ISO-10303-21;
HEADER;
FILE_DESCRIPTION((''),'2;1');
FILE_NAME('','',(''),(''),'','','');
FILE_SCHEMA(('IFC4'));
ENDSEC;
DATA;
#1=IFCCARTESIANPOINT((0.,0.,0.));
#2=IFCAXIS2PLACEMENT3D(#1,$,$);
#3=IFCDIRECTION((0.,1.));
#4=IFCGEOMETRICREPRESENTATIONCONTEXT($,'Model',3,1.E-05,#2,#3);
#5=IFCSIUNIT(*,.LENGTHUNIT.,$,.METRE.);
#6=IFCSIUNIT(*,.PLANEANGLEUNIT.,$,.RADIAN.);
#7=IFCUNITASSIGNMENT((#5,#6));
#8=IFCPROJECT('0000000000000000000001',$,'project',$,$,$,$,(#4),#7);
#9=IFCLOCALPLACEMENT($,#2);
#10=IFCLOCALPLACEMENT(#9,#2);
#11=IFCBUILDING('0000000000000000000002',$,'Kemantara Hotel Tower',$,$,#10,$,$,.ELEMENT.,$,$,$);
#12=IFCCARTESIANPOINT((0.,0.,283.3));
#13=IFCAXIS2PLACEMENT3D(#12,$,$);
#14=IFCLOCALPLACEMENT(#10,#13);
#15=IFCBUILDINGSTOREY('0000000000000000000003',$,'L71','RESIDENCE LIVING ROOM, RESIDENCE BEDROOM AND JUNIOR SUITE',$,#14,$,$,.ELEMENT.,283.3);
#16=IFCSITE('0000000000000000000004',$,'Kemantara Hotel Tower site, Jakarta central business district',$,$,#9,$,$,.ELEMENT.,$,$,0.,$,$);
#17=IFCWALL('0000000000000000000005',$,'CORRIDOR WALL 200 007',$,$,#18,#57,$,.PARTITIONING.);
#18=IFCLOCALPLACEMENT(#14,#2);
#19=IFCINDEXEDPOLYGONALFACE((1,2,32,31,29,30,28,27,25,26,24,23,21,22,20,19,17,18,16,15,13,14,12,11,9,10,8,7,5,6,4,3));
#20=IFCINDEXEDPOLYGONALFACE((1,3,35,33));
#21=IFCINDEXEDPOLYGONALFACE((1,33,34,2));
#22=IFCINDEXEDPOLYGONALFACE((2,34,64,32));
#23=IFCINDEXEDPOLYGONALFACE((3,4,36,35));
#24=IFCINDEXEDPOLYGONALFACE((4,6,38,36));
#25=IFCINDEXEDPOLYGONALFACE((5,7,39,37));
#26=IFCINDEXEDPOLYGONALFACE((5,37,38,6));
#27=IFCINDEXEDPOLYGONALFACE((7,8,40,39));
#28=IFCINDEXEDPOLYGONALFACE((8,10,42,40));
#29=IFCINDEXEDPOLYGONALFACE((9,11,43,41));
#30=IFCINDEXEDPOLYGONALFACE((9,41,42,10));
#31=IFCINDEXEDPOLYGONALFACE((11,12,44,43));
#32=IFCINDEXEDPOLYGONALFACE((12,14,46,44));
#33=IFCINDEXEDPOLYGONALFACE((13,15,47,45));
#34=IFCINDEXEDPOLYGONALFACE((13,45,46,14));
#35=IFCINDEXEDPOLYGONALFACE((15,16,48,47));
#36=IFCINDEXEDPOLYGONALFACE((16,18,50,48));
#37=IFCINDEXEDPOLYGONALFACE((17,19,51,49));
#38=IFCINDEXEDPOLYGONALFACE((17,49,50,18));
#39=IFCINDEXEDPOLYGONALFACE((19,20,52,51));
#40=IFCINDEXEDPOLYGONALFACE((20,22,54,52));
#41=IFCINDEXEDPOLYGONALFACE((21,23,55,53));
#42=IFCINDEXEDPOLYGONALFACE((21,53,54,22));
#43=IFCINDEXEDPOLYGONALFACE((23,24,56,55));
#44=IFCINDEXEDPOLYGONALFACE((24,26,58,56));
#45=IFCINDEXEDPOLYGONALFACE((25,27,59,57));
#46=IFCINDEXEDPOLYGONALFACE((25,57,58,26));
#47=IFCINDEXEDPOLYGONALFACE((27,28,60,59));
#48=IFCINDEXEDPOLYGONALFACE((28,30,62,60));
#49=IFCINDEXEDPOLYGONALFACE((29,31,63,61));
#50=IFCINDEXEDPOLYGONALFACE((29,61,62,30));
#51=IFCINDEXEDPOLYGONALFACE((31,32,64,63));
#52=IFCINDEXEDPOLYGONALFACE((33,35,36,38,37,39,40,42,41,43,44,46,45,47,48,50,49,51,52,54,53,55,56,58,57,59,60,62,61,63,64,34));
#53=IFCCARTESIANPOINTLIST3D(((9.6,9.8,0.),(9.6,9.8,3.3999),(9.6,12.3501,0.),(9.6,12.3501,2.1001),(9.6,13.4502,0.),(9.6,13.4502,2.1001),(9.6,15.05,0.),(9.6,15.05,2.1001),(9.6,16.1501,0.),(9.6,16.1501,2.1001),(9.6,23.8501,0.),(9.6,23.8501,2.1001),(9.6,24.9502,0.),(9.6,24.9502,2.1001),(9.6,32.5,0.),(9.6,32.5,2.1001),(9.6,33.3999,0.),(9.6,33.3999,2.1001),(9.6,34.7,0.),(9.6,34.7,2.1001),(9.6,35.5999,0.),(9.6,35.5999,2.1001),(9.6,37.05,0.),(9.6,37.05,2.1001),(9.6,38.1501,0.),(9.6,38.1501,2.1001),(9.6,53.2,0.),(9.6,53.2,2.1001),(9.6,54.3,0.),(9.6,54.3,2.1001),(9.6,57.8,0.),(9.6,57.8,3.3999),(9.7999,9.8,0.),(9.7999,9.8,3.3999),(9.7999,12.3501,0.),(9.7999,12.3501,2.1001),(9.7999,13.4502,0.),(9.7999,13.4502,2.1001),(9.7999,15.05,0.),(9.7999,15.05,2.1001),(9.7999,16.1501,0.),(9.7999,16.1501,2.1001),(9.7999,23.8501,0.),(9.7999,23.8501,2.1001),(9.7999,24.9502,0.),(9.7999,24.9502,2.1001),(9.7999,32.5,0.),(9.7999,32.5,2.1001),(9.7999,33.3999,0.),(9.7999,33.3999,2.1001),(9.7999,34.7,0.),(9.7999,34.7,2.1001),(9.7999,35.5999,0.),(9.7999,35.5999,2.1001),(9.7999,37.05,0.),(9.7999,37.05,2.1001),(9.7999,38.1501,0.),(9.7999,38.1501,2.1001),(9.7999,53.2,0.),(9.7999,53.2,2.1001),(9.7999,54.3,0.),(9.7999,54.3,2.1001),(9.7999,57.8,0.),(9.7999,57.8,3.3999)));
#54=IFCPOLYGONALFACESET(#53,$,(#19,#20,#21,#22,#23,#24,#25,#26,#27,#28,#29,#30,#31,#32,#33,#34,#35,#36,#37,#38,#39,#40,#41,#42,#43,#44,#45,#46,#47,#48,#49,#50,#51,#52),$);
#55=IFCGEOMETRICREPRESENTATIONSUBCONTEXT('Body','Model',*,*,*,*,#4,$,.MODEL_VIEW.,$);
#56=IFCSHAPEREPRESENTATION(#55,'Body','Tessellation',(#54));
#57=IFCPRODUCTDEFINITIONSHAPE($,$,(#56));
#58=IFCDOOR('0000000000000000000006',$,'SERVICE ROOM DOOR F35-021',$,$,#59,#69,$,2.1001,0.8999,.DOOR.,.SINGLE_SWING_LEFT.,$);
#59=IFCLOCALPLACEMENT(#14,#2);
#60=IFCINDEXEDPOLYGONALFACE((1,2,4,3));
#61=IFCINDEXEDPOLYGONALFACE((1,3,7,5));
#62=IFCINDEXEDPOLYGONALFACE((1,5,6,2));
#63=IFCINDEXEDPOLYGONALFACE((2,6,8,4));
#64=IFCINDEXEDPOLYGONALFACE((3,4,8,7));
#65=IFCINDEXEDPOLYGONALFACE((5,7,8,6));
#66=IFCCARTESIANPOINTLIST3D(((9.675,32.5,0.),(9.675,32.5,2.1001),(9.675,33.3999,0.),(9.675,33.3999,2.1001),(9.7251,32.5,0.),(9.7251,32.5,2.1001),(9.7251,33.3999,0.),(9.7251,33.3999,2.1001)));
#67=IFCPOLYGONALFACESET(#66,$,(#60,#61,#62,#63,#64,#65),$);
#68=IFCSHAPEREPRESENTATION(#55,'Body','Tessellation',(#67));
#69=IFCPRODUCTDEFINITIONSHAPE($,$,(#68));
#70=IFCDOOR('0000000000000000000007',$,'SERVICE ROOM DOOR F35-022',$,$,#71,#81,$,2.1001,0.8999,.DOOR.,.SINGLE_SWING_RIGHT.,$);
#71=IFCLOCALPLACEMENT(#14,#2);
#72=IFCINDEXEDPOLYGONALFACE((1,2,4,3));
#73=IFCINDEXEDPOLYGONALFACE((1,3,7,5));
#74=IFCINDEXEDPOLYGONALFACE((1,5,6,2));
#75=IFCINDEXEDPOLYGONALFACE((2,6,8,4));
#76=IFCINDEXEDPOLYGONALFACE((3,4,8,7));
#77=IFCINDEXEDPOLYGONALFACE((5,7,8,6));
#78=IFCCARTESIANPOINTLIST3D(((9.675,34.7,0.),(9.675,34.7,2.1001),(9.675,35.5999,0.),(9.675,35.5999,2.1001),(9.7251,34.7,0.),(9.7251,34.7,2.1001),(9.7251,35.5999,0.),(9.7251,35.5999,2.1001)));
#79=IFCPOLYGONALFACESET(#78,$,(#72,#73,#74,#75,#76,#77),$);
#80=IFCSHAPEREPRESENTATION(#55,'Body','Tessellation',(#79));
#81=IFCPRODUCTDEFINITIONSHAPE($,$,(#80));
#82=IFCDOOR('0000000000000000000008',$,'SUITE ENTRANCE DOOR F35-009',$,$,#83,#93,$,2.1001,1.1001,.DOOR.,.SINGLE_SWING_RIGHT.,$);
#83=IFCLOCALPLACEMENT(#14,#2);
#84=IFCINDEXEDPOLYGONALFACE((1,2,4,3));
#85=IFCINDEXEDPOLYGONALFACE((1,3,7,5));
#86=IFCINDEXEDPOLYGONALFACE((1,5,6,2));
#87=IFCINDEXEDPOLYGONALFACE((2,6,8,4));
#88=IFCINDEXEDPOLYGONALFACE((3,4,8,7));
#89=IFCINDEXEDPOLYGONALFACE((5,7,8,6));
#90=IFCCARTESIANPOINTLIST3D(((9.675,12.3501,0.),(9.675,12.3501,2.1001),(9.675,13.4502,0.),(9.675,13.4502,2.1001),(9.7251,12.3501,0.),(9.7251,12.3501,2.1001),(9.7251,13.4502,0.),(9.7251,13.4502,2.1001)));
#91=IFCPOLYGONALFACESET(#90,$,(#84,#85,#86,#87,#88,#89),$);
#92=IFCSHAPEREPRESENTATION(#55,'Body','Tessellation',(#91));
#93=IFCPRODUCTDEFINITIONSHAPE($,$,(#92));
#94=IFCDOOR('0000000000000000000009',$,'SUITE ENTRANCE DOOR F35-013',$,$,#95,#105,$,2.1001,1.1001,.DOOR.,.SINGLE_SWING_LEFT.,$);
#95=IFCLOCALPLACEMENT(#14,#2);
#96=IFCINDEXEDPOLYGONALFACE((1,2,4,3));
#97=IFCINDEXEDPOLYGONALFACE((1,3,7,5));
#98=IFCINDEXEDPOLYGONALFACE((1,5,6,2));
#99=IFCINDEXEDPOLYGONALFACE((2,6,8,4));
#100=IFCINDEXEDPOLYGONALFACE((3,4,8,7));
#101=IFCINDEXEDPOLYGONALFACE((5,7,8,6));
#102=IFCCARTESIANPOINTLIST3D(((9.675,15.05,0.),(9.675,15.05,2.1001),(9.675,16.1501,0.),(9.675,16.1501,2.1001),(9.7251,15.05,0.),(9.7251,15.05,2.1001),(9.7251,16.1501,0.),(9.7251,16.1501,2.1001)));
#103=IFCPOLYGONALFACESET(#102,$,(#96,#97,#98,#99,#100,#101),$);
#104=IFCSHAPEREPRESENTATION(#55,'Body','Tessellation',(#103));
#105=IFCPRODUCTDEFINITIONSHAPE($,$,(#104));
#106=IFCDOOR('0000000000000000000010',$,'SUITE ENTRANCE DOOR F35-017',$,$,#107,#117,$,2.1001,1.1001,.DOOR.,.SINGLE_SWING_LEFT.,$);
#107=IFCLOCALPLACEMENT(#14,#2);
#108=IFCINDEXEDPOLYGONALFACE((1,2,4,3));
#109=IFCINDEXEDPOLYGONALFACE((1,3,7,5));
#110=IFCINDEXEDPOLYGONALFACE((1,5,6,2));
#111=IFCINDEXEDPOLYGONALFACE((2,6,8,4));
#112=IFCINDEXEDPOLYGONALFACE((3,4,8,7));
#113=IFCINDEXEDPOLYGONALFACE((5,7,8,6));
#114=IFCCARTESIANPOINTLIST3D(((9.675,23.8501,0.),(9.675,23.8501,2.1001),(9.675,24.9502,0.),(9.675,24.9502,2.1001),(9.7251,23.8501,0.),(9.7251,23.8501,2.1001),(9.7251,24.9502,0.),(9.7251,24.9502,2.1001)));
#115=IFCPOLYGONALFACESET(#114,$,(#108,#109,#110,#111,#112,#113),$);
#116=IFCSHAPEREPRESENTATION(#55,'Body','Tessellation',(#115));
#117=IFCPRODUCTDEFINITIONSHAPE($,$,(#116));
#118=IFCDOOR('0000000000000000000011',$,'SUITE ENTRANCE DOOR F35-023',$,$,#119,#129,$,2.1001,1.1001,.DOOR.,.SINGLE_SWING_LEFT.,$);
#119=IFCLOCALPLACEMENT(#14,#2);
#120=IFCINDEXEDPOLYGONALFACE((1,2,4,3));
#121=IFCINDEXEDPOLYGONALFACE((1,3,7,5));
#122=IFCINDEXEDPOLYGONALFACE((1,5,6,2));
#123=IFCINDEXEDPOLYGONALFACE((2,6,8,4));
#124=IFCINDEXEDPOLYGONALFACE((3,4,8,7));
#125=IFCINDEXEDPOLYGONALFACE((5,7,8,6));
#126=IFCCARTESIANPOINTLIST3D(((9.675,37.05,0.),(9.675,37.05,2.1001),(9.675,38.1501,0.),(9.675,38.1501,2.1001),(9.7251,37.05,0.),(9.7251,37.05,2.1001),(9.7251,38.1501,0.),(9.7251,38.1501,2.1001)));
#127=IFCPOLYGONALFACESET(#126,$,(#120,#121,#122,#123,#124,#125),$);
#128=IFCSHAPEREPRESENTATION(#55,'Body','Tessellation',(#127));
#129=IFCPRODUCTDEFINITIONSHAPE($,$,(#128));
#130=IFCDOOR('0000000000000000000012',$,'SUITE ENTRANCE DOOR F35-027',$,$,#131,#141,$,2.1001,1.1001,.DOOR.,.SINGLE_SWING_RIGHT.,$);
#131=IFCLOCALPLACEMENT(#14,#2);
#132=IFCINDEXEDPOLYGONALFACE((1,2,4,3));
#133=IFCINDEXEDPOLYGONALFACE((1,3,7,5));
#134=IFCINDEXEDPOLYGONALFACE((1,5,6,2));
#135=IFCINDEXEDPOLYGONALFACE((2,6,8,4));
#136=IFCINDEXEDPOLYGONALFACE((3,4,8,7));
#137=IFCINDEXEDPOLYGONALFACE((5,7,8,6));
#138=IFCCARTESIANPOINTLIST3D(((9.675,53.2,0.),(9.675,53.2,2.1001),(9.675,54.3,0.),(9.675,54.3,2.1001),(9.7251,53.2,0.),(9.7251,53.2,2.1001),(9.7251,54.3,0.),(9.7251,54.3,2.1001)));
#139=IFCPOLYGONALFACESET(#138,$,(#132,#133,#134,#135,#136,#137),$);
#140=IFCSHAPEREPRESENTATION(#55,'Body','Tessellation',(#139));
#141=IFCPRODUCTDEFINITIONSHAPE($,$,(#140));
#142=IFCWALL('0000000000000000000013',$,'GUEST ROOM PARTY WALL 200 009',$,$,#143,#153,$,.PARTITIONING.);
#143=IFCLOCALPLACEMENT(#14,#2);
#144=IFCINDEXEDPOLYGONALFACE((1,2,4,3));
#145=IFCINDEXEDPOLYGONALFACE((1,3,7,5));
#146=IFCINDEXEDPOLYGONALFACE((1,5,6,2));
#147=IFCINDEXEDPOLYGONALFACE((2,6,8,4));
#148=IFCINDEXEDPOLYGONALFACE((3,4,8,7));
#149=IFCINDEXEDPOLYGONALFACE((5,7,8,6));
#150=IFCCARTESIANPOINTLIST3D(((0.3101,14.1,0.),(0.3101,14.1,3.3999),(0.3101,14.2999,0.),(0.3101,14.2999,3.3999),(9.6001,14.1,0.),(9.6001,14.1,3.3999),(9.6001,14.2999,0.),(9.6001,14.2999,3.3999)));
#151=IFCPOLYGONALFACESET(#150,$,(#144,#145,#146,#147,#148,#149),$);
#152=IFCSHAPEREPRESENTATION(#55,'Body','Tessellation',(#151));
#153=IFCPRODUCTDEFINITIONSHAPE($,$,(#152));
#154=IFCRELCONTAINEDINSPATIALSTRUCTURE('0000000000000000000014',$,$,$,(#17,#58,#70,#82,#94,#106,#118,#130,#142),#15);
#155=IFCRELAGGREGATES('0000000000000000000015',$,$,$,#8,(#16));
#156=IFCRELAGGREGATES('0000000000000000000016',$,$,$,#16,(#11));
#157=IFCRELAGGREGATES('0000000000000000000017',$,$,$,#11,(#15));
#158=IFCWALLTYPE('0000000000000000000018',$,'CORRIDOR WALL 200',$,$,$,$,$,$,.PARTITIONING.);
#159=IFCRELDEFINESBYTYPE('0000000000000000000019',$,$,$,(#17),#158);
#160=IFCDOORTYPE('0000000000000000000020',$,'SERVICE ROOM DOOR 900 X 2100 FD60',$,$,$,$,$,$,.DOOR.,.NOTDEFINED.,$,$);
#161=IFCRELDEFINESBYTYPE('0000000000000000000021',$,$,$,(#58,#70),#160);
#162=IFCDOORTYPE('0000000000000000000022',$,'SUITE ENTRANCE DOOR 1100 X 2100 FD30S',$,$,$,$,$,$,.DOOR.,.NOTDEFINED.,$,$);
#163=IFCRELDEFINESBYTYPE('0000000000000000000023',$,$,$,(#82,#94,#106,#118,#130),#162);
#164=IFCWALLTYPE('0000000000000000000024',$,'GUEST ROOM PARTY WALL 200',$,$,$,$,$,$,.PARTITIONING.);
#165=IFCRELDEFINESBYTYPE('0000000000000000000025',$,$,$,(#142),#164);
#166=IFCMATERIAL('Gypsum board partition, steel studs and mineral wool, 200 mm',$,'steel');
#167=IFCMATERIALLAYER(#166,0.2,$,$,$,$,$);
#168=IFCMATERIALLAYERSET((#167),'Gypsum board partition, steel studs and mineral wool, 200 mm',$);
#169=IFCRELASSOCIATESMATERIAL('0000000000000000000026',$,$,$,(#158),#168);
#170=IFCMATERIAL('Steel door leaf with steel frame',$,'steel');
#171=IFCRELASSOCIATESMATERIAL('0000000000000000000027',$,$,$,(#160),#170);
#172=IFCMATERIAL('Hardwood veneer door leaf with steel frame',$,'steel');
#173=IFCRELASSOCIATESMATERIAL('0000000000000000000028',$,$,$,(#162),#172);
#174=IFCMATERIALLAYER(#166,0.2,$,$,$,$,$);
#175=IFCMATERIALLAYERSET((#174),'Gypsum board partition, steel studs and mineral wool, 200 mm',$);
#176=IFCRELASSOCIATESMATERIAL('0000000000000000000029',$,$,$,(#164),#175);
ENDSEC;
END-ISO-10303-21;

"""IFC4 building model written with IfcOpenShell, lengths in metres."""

from ifc_helpers import new_model, si_unit, direction, frame, frame_2d, origin, place, context, subcontext, project, spatial, rectangle, extrude, material, layer, layer_set, type_object, element, fill, save


model = new_model("IFC4")

# Units and contexts
model_context = context("Model", 3, precision=1e-05, world=origin(), true_north=direction((0.0, 1.0)))
body_context = subcontext(model_context, "Body", "Model", "MODEL_VIEW")
ifc_project = project(units=[si_unit("LENGTHUNIT", "METRE"), si_unit("PLANEANGLEUNIT", "RADIAN")], contexts=[model_context])

# Site, building, storey
site_placement = place(None, origin())
site = spatial("IfcSite", under=ifc_project, at=site_placement, Name="Kemantara Hotel Tower site, Jakarta central business district", CompositionType="ELEMENT", RefElevation=0.0)
building_placement = place(site_placement, origin())
building = spatial("IfcBuilding", under=site, at=building_placement, Name="Kemantara Hotel Tower", CompositionType="ELEMENT")
storey_placement = place(building_placement, frame((0.0, 0.0, 283.3)))
storey = spatial("IfcBuildingStorey", under=building, at=storey_placement, Name="L71", Description="RESIDENCE LIVING ROOM, RESIDENCE BEDROOM AND JUNIOR SUITE", CompositionType="ELEMENT", Elevation=283.3)

# Wall, openings, doors
ifc_material_1 = material(Name="Gypsum board partition, steel studs and mineral wool, 200 mm", Category="steel")
ifc_layer_1 = layer(ifc_material_1, 0.2)
ifc_layer_set_1 = layer_set([ifc_layer_1], Name="Gypsum board partition, steel studs and mineral wool, 200 mm")
wall_type_1 = type_object("IfcWallType", Name="CORRIDOR WALL 200", PredefinedType="PARTITIONING", material=ifc_layer_set_1)
wall_1_placement = place(storey_placement, frame((9.7, 9.8, 0.0), z_axis=(0.0, 0.0, 1.0), x_axis=(0.0, 1.0, 0.0)))
wall_1 = element("IfcWall", 1, at=wall_1_placement, inside=storey, type_object=wall_type_1, Name="CORRIDOR WALL 200 007", PredefinedType="PARTITIONING", context=body_context, shape_type="SweptSolid", body=[
    extrude(rectangle(XDim=48.0, YDim=0.2, at=frame_2d((24.0, 0.0))), origin(), (0.0, 0.0, 1.0), 3.3999),
])
opening_1_placement = place(wall_1_placement, frame((2.55, 0.0, 0.0)))
opening_1 = element("IfcOpeningElement", 2, at=opening_1_placement, cuts=wall_1, PredefinedType="OPENING", context=body_context, shape_type="SweptSolid", body=[
    extrude(rectangle(XDim=1.1001, YDim=2.1001, at=frame_2d((0.55, 1.05))), frame((0.0, 0.1099, 0.0), z_axis=(0.0, -1.0, 0.0), x_axis=(1.0, 0.0, 0.0)), (0.0, 0.0, 1.0), 0.22),
])
opening_2_placement = place(wall_1_placement, frame((5.25, 0.0, 0.0)))
opening_2 = element("IfcOpeningElement", 3, at=opening_2_placement, cuts=wall_1, PredefinedType="OPENING", context=body_context, shape_type="SweptSolid", body=[
    extrude(rectangle(XDim=1.1001, YDim=2.1001, at=frame_2d((0.55, 1.05))), frame((0.0, 0.1099, 0.0), z_axis=(0.0, -1.0, 0.0), x_axis=(1.0, 0.0, 0.0)), (0.0, 0.0, 1.0), 0.22),
])
opening_3_placement = place(wall_1_placement, frame((14.05, 0.0, 0.0)))
opening_3 = element("IfcOpeningElement", 4, at=opening_3_placement, cuts=wall_1, PredefinedType="OPENING", context=body_context, shape_type="SweptSolid", body=[
    extrude(rectangle(XDim=1.1001, YDim=2.1001, at=frame_2d((0.55, 1.05))), frame((0.0, 0.1099, 0.0), z_axis=(0.0, -1.0, 0.0), x_axis=(1.0, 0.0, 0.0)), (0.0, 0.0, 1.0), 0.22),
])
opening_4_placement = place(wall_1_placement, frame((22.7, 0.0, 0.0)))
opening_4 = element("IfcOpeningElement", 5, at=opening_4_placement, cuts=wall_1, PredefinedType="OPENING", context=body_context, shape_type="SweptSolid", body=[
    extrude(rectangle(XDim=0.8999, YDim=2.1001, at=frame_2d((0.45, 1.05))), frame((0.0, 0.1099, 0.0), z_axis=(0.0, -1.0, 0.0), x_axis=(1.0, 0.0, 0.0)), (0.0, 0.0, 1.0), 0.22),
])
opening_5_placement = place(wall_1_placement, frame((24.8999, 0.0, 0.0)))
opening_5 = element("IfcOpeningElement", 6, at=opening_5_placement, cuts=wall_1, PredefinedType="OPENING", context=body_context, shape_type="SweptSolid", body=[
    extrude(rectangle(XDim=0.8999, YDim=2.1001, at=frame_2d((0.45, 1.05))), frame((0.0, 0.1099, 0.0), z_axis=(0.0, -1.0, 0.0), x_axis=(1.0, 0.0, 0.0)), (0.0, 0.0, 1.0), 0.22),
])
opening_6_placement = place(wall_1_placement, frame((27.25, 0.0, 0.0)))
opening_6 = element("IfcOpeningElement", 7, at=opening_6_placement, cuts=wall_1, PredefinedType="OPENING", context=body_context, shape_type="SweptSolid", body=[
    extrude(rectangle(XDim=1.1001, YDim=2.1001, at=frame_2d((0.55, 1.05))), frame((0.0, 0.1099, 0.0), z_axis=(0.0, -1.0, 0.0), x_axis=(1.0, 0.0, 0.0)), (0.0, 0.0, 1.0), 0.22),
])
opening_7_placement = place(wall_1_placement, frame((43.3999, 0.0, 0.0)))
opening_7 = element("IfcOpeningElement", 8, at=opening_7_placement, cuts=wall_1, PredefinedType="OPENING", context=body_context, shape_type="SweptSolid", body=[
    extrude(rectangle(XDim=1.1001, YDim=2.1001, at=frame_2d((0.55, 1.05))), frame((0.0, 0.1099, 0.0), z_axis=(0.0, -1.0, 0.0), x_axis=(1.0, 0.0, 0.0)), (0.0, 0.0, 1.0), 0.22),
])
ifc_material_2 = material(Name="Steel door leaf with steel frame", Category="steel")
door_type_1 = type_object("IfcDoorType", Name="SERVICE ROOM DOOR 900 X 2100 FD60", OperationType="NOTDEFINED", PredefinedType="DOOR", material=ifc_material_2)
door_1_placement = place(opening_4_placement, origin())
door_1 = element("IfcDoor", 9, at=door_1_placement, inside=storey, type_object=door_type_1, Name="SERVICE ROOM DOOR F35-021", OperationType="SINGLE_SWING_LEFT", OverallHeight=2.1001, OverallWidth=0.8999, PredefinedType="DOOR", context=body_context, shape_type="SweptSolid", body=[
    extrude(rectangle(XDim=0.8999, YDim=2.1001, at=frame_2d((0.45, 1.05))), frame((0.0, 0.0249, 0.0), z_axis=(0.0, -1.0, 0.0), x_axis=(1.0, 0.0, 0.0)), (0.0, 0.0, 1.0), 0.05),
])
fill(opening_4, door_1)
door_2_placement = place(opening_5_placement, origin())
door_2 = element("IfcDoor", 10, at=door_2_placement, inside=storey, type_object=door_type_1, Name="SERVICE ROOM DOOR F35-022", OperationType="SINGLE_SWING_RIGHT", OverallHeight=2.1001, OverallWidth=0.8999, PredefinedType="DOOR", context=body_context, shape_type="SweptSolid", body=[
    extrude(rectangle(XDim=0.8999, YDim=2.1001, at=frame_2d((0.45, 1.05))), frame((0.0, 0.0249, 0.0), z_axis=(0.0, -1.0, 0.0), x_axis=(1.0, 0.0, 0.0)), (0.0, 0.0, 1.0), 0.05),
])
fill(opening_5, door_2)
ifc_material_3 = material(Name="Hardwood veneer door leaf with steel frame", Category="steel")
door_type_2 = type_object("IfcDoorType", Name="SUITE ENTRANCE DOOR 1100 X 2100 FD30S", OperationType="NOTDEFINED", PredefinedType="DOOR", material=ifc_material_3)
door_3_placement = place(opening_1_placement, origin())
door_3 = element("IfcDoor", 11, at=door_3_placement, inside=storey, type_object=door_type_2, Name="SUITE ENTRANCE DOOR F35-009", OperationType="SINGLE_SWING_RIGHT", OverallHeight=2.1001, OverallWidth=1.1001, PredefinedType="DOOR", context=body_context, shape_type="SweptSolid", body=[
    extrude(rectangle(XDim=1.1001, YDim=2.1001, at=frame_2d((0.55, 1.05))), frame((0.0, 0.0249, 0.0), z_axis=(0.0, -1.0, 0.0), x_axis=(1.0, 0.0, 0.0)), (0.0, 0.0, 1.0), 0.05),
])
fill(opening_1, door_3)
door_4_placement = place(opening_2_placement, origin())
door_4 = element("IfcDoor", 12, at=door_4_placement, inside=storey, type_object=door_type_2, Name="SUITE ENTRANCE DOOR F35-013", OperationType="SINGLE_SWING_LEFT", OverallHeight=2.1001, OverallWidth=1.1001, PredefinedType="DOOR", context=body_context, shape_type="SweptSolid", body=[
    extrude(rectangle(XDim=1.1001, YDim=2.1001, at=frame_2d((0.55, 1.05))), frame((0.0, 0.0249, 0.0), z_axis=(0.0, -1.0, 0.0), x_axis=(1.0, 0.0, 0.0)), (0.0, 0.0, 1.0), 0.05),
])
fill(opening_2, door_4)
door_5_placement = place(opening_3_placement, origin())
door_5 = element("IfcDoor", 13, at=door_5_placement, inside=storey, type_object=door_type_2, Name="SUITE ENTRANCE DOOR F35-017", OperationType="SINGLE_SWING_LEFT", OverallHeight=2.1001, OverallWidth=1.1001, PredefinedType="DOOR", context=body_context, shape_type="SweptSolid", body=[
    extrude(rectangle(XDim=1.1001, YDim=2.1001, at=frame_2d((0.55, 1.05))), frame((0.0, 0.0249, 0.0), z_axis=(0.0, -1.0, 0.0), x_axis=(1.0, 0.0, 0.0)), (0.0, 0.0, 1.0), 0.05),
])
fill(opening_3, door_5)
door_6_placement = place(opening_6_placement, origin())
door_6 = element("IfcDoor", 14, at=door_6_placement, inside=storey, type_object=door_type_2, Name="SUITE ENTRANCE DOOR F35-023", OperationType="SINGLE_SWING_LEFT", OverallHeight=2.1001, OverallWidth=1.1001, PredefinedType="DOOR", context=body_context, shape_type="SweptSolid", body=[
    extrude(rectangle(XDim=1.1001, YDim=2.1001, at=frame_2d((0.55, 1.05))), frame((0.0, 0.0249, 0.0), z_axis=(0.0, -1.0, 0.0), x_axis=(1.0, 0.0, 0.0)), (0.0, 0.0, 1.0), 0.05),
])
fill(opening_6, door_6)
door_7_placement = place(opening_7_placement, origin())
door_7 = element("IfcDoor", 15, at=door_7_placement, inside=storey, type_object=door_type_2, Name="SUITE ENTRANCE DOOR F35-027", OperationType="SINGLE_SWING_RIGHT", OverallHeight=2.1001, OverallWidth=1.1001, PredefinedType="DOOR", context=body_context, shape_type="SweptSolid", body=[
    extrude(rectangle(XDim=1.1001, YDim=2.1001, at=frame_2d((0.55, 1.05))), frame((0.0, 0.0249, 0.0), z_axis=(0.0, -1.0, 0.0), x_axis=(1.0, 0.0, 0.0)), (0.0, 0.0, 1.0), 0.05),
])
fill(opening_7, door_7)

# Wall
ifc_layer_2 = layer(ifc_material_1, 0.2)
ifc_layer_set_2 = layer_set([ifc_layer_2], Name="Gypsum board partition, steel studs and mineral wool, 200 mm")
wall_type_2 = type_object("IfcWallType", Name="GUEST ROOM PARTY WALL 200", PredefinedType="PARTITIONING", material=ifc_layer_set_2)
wall_2_placement = place(storey_placement, frame((0.3101, 14.2, 0.0), z_axis=(0.0, 0.0, 1.0), x_axis=(1.0, 0.0, 0.0)))
element("IfcWall", 16, at=wall_2_placement, inside=storey, type_object=wall_type_2, Name="GUEST ROOM PARTY WALL 200 009", PredefinedType="PARTITIONING", context=body_context, shape_type="SweptSolid", body=[
    extrude(rectangle(XDim=9.29, YDim=0.2, at=frame_2d((4.645, 0.0))), origin(), (0.0, 0.0, 1.0), 3.3999),
])

save(model, "model.ifc")
